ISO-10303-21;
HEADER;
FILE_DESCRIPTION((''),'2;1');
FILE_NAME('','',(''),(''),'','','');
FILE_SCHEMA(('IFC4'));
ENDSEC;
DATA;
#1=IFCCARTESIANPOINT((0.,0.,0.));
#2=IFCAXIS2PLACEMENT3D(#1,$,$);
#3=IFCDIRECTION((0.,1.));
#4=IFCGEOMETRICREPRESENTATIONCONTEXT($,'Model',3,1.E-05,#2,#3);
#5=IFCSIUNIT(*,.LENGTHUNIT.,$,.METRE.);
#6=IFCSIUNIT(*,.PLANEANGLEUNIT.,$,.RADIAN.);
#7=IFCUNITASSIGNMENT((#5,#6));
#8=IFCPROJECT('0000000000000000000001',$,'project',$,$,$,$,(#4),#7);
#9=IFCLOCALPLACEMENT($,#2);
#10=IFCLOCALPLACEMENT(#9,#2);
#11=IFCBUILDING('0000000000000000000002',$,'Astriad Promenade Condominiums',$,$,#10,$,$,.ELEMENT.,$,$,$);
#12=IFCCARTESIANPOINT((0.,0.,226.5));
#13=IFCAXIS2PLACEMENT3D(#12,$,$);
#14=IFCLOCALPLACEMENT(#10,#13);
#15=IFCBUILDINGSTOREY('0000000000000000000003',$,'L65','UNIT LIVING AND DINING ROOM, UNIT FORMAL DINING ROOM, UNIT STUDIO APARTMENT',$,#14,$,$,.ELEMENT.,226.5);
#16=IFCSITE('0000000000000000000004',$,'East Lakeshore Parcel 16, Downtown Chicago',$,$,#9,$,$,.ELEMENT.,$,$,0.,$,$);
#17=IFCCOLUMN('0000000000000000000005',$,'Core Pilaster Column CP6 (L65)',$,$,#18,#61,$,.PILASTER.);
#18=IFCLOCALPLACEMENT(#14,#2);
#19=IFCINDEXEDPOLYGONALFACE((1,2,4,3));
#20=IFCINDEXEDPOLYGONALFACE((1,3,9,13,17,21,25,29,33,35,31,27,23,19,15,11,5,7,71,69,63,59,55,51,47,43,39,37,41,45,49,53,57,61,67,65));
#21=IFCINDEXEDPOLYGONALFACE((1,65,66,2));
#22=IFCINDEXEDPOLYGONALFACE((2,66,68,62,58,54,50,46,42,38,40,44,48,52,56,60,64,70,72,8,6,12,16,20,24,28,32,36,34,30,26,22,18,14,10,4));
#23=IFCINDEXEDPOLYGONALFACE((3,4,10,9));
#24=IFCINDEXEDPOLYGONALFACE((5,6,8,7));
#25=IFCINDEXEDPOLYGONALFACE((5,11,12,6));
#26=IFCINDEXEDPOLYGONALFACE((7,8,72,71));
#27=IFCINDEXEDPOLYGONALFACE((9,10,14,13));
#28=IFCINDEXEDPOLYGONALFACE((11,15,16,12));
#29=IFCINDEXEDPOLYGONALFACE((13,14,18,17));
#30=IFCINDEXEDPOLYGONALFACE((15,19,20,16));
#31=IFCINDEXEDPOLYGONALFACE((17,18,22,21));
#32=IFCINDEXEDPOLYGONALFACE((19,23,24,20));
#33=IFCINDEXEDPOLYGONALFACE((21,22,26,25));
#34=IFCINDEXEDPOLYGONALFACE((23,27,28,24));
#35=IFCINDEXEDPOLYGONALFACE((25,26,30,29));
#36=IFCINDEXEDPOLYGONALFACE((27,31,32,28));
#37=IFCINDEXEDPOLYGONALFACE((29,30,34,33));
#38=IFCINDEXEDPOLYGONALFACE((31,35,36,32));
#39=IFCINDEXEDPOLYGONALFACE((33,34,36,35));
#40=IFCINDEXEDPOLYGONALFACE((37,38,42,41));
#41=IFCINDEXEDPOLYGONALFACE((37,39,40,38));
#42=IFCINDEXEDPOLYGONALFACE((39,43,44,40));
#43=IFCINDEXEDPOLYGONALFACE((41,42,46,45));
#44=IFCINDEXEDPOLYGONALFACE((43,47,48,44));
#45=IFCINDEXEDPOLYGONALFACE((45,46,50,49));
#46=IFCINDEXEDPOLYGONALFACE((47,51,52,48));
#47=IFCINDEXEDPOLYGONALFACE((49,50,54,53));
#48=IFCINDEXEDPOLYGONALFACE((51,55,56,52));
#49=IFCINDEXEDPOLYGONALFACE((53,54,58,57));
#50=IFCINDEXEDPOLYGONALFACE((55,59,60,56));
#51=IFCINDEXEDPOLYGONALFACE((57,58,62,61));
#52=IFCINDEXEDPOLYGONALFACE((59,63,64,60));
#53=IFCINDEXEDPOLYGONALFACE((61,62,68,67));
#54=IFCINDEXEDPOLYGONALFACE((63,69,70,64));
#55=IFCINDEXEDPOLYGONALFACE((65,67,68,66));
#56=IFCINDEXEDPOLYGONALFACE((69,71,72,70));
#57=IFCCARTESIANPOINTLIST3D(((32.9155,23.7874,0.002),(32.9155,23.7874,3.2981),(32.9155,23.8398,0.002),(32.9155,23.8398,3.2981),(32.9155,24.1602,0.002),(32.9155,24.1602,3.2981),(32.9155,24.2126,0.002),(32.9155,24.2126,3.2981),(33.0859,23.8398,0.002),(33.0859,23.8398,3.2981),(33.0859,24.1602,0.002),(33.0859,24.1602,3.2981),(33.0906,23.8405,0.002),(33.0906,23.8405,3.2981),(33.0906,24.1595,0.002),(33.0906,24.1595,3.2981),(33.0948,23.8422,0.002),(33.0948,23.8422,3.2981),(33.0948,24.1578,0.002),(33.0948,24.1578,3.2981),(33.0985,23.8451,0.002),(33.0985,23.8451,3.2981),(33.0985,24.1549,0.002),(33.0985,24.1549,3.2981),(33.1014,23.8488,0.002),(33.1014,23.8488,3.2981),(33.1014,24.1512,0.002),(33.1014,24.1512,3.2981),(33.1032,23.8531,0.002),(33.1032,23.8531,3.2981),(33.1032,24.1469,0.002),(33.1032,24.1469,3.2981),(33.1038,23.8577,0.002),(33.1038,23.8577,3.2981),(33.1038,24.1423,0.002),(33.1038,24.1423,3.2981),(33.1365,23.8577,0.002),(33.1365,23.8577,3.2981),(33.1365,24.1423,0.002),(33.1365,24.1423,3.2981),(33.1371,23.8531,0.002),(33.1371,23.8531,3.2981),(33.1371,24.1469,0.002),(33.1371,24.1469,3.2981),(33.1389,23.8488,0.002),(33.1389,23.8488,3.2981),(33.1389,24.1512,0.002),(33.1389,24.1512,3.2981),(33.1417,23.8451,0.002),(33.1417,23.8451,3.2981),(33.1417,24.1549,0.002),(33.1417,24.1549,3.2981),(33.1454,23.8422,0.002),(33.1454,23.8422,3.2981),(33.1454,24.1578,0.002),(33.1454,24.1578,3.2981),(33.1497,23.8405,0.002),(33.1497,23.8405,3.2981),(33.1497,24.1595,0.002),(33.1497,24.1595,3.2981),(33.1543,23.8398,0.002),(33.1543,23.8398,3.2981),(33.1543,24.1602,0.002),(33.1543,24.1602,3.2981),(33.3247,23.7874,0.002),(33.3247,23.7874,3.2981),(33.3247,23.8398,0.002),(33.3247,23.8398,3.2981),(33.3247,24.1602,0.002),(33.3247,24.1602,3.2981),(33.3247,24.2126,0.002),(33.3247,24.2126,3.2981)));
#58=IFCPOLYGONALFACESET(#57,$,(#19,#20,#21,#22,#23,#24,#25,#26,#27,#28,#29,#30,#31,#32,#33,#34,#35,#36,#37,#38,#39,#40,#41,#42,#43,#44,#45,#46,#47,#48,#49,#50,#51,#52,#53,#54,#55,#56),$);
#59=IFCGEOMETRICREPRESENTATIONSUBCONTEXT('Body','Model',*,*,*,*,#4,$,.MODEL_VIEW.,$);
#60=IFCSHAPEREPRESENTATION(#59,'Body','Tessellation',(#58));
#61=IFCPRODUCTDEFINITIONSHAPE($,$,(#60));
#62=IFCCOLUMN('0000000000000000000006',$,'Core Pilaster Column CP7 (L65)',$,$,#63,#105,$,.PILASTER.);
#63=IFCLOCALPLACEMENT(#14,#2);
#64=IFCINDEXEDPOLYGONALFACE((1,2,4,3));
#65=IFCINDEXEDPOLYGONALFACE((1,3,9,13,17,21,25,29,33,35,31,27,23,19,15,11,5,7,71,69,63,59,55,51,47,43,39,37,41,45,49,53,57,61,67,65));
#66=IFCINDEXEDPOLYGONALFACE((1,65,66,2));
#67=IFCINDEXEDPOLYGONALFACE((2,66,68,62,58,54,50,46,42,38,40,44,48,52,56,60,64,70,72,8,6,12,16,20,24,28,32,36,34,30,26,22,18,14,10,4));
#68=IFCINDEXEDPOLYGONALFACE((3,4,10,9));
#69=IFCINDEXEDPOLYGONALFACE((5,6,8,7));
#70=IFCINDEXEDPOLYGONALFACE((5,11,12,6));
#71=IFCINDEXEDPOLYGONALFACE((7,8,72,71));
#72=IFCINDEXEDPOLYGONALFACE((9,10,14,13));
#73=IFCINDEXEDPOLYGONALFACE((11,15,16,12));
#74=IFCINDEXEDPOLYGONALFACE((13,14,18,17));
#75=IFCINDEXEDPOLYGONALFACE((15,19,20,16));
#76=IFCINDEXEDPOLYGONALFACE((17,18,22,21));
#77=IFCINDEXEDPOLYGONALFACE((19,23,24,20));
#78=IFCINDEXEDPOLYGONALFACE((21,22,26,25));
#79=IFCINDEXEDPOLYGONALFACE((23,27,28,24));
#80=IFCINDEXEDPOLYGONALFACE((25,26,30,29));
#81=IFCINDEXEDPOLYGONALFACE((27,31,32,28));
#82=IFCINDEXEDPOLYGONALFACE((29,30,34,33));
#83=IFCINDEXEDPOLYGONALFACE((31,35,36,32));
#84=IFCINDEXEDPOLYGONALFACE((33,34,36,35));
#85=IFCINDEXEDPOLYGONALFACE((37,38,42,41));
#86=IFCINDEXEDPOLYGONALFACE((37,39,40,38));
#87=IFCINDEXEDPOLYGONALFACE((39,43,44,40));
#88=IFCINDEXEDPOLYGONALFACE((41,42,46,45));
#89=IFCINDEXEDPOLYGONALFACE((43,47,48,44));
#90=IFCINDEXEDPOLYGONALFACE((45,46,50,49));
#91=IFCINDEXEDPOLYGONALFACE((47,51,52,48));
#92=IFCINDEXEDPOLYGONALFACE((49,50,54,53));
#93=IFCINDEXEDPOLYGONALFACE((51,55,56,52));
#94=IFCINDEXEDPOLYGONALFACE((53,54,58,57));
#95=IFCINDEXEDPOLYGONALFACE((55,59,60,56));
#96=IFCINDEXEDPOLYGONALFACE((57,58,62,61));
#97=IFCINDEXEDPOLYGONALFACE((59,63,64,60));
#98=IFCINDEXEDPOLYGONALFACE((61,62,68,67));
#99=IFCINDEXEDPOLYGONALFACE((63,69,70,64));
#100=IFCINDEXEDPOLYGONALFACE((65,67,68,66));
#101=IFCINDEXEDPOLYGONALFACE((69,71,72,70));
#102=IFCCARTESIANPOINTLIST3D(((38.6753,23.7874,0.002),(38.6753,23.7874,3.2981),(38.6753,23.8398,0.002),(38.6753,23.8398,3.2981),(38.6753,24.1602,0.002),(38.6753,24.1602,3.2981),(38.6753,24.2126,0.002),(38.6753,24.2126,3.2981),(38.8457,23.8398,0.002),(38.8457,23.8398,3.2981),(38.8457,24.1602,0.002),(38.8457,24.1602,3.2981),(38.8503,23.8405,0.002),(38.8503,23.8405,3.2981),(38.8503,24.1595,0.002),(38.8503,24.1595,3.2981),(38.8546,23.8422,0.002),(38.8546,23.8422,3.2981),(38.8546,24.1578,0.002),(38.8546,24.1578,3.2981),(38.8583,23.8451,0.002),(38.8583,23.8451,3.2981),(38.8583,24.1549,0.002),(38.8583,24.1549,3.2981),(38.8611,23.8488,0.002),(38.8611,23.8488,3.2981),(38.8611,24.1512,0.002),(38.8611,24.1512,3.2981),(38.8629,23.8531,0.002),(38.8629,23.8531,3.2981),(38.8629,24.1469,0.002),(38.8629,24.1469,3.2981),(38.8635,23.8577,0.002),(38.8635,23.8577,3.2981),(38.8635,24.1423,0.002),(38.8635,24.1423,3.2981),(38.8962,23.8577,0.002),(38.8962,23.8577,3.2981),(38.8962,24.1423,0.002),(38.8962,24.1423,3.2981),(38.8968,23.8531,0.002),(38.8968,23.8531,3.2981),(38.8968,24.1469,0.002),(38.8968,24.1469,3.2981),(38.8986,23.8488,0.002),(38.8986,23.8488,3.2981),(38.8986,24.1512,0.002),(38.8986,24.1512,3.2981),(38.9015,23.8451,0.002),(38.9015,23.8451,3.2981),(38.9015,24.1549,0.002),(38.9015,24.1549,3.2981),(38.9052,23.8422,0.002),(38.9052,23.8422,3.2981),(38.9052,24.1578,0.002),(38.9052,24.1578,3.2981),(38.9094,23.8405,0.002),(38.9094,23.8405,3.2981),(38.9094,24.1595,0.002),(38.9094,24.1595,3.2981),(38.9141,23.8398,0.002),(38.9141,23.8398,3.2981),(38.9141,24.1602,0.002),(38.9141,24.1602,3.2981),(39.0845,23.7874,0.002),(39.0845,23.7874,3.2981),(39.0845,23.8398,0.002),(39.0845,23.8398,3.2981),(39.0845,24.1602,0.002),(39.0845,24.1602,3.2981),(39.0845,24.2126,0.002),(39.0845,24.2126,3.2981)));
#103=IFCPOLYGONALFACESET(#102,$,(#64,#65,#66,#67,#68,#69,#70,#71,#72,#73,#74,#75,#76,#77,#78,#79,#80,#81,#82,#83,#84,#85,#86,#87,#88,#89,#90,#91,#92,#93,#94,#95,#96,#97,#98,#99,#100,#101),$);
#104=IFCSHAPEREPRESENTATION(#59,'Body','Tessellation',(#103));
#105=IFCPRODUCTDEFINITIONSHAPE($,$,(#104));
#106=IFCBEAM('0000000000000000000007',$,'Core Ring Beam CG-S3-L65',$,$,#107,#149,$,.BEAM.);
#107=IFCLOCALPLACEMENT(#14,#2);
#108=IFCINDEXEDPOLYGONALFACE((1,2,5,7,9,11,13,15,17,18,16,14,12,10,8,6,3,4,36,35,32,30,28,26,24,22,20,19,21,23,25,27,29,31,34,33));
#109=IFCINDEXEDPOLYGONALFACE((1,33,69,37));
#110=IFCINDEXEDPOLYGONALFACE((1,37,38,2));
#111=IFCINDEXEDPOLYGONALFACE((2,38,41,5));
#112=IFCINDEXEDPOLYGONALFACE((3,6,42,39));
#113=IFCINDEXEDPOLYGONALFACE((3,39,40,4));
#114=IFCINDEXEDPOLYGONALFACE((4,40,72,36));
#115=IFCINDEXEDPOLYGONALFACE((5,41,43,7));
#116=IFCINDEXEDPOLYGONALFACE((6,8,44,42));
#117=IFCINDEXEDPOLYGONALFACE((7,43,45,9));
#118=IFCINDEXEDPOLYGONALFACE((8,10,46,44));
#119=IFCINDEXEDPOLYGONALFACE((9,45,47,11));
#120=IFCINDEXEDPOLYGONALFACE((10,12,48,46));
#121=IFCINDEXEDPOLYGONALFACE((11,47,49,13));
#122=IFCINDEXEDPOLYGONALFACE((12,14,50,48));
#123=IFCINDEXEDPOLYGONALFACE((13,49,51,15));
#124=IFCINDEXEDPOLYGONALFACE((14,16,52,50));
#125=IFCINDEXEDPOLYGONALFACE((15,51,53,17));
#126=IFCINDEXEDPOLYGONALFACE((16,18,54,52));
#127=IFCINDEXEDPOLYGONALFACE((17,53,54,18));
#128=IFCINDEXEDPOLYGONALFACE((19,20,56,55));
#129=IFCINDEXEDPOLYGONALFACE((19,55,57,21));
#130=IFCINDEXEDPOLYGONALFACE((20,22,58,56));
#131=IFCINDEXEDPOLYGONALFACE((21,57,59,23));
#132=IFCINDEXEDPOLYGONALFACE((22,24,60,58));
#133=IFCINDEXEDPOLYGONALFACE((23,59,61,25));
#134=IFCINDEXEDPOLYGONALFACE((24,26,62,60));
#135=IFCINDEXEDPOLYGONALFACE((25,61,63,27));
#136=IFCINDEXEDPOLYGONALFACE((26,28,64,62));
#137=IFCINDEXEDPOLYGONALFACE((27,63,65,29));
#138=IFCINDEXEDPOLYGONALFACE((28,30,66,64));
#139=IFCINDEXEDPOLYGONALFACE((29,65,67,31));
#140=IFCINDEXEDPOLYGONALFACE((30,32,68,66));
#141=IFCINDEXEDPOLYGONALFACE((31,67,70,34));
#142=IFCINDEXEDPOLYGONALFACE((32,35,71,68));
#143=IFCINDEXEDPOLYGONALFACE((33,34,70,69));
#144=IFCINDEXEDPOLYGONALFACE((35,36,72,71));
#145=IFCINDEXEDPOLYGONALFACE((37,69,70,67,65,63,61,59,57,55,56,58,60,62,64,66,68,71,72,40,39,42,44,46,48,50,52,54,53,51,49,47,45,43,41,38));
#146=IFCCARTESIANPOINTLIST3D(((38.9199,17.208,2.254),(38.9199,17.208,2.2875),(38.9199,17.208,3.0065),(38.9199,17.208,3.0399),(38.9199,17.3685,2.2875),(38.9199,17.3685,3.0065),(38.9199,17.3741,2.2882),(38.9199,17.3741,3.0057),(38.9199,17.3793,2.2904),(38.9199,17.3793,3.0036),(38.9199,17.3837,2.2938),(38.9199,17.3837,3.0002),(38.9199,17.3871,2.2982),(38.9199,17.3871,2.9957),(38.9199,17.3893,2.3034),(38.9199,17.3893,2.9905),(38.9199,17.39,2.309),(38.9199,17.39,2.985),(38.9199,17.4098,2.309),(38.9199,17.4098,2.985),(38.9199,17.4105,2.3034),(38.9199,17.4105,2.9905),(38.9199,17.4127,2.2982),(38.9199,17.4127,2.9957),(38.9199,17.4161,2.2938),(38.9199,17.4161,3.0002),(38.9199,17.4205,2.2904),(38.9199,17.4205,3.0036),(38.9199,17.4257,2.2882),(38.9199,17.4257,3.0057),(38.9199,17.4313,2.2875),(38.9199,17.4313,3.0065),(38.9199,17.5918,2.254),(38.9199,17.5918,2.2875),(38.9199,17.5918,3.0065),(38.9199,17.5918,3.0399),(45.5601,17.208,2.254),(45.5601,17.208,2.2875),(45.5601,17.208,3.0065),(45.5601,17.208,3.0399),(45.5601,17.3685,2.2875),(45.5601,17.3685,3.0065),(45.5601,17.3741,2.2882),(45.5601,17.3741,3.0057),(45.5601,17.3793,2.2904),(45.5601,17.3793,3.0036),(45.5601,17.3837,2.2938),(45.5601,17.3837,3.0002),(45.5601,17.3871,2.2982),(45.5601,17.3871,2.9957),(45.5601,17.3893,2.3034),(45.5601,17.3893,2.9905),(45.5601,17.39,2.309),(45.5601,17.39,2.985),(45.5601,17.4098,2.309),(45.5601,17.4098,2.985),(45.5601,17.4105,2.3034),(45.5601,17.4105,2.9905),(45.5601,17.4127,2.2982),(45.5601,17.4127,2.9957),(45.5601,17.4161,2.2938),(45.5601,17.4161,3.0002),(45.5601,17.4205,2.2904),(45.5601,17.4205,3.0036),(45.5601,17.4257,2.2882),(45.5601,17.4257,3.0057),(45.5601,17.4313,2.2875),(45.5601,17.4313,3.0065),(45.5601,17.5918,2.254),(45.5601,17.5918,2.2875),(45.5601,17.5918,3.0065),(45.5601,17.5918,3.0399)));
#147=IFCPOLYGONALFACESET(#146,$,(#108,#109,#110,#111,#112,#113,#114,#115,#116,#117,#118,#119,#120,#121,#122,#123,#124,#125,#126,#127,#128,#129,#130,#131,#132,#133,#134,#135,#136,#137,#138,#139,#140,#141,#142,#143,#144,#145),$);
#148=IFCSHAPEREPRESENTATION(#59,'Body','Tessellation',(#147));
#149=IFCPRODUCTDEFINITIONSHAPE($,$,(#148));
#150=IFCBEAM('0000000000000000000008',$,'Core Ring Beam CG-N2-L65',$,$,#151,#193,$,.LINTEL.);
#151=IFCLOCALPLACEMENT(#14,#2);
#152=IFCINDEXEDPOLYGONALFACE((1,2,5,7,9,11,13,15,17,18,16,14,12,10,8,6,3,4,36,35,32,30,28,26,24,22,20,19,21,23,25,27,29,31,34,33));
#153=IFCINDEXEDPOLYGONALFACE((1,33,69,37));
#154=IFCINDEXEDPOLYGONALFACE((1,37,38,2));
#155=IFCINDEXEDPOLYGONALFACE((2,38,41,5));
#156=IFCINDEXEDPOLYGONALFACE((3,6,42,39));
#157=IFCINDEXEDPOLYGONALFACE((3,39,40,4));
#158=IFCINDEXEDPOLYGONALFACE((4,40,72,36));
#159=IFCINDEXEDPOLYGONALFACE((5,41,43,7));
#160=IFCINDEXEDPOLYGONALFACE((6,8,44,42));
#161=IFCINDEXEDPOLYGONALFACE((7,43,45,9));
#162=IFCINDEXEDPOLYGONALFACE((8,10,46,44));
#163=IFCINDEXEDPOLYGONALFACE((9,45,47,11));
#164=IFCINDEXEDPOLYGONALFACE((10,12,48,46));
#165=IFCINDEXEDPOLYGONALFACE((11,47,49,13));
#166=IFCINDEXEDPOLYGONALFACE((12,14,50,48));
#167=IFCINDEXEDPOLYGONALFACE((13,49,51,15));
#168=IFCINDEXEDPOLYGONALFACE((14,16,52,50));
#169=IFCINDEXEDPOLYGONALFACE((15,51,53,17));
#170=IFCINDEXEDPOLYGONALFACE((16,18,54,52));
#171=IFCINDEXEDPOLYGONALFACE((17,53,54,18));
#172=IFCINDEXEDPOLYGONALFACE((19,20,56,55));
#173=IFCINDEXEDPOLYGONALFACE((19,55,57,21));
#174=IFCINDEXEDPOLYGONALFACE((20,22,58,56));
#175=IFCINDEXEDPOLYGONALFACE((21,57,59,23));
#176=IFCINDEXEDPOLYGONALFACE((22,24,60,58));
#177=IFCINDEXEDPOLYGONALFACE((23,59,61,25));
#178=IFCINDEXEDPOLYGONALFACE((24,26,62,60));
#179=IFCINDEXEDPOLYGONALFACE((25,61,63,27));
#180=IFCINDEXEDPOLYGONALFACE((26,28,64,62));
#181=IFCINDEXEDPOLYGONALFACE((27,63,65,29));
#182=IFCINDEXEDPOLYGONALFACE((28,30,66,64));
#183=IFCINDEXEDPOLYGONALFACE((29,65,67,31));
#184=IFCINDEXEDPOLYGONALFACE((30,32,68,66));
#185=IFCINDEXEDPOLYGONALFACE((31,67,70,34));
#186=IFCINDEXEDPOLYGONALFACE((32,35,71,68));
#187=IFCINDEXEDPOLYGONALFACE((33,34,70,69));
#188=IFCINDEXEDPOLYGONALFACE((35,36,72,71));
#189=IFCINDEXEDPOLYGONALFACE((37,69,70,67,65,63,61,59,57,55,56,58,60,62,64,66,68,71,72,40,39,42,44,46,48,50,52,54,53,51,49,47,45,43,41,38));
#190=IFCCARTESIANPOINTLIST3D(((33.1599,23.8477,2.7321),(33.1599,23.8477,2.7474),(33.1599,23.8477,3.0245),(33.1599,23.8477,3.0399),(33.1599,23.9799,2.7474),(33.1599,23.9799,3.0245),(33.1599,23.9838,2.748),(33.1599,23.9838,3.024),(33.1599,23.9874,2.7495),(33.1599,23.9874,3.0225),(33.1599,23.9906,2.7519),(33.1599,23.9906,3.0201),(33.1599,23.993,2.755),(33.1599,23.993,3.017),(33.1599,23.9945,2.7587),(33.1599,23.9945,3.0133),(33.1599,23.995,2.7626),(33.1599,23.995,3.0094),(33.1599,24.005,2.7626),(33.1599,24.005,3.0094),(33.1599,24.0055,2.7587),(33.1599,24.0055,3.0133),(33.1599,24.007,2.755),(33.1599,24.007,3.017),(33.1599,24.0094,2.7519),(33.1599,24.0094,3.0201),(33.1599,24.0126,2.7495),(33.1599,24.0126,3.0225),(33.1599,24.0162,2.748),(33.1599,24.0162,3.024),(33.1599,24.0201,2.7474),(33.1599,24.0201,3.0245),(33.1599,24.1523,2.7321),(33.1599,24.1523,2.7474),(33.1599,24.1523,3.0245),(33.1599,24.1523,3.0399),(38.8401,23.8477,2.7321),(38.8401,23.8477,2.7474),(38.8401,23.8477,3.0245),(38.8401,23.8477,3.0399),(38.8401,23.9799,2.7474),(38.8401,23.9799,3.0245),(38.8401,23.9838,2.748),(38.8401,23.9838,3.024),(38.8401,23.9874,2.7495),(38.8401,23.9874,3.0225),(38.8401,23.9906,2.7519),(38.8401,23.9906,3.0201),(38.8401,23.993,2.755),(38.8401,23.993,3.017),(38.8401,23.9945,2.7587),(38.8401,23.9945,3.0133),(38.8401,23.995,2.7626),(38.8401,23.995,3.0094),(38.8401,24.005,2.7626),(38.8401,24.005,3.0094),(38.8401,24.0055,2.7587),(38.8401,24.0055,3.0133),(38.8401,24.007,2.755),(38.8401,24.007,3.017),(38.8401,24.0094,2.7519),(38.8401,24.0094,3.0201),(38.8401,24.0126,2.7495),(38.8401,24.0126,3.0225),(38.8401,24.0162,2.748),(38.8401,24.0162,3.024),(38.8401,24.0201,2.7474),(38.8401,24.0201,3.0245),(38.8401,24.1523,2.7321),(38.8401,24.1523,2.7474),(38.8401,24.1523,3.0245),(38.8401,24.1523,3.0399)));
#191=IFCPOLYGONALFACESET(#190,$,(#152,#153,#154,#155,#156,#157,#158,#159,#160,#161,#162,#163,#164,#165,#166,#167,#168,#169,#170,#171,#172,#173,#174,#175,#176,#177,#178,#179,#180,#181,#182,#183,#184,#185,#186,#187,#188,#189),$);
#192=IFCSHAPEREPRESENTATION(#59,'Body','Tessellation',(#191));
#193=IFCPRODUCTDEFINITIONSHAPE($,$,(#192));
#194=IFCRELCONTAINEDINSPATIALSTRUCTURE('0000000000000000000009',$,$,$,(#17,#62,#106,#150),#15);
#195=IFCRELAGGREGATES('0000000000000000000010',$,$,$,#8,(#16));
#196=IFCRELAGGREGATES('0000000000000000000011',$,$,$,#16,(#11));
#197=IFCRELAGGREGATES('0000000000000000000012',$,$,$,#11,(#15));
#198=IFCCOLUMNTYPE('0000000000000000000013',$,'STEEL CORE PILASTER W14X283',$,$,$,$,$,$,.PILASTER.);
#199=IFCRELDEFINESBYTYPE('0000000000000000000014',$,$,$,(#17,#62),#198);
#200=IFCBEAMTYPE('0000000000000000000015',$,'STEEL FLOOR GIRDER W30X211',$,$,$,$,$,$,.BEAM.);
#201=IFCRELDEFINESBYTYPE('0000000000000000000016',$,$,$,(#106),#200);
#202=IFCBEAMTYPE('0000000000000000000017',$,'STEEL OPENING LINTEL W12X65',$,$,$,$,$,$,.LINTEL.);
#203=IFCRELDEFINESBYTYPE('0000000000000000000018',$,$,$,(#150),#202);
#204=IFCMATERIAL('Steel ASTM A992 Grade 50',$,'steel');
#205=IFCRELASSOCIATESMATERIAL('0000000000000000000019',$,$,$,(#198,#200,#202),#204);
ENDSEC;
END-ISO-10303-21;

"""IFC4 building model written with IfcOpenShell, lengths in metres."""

from ifc_helpers import new_model, si_unit, direction, frame, origin, origin_2d, place, context, subcontext, project, spatial, i_section, extrude, source, transform, mapped, material, material_profile, profile_set, type_object, type_shapes, element, save


model = new_model("IFC4")

# Units and contexts
model_context = context("Model", 3, precision=1e-05, world=origin(), true_north=direction((0.0, 1.0)))
body_context = subcontext(model_context, "Body", "Model", "MODEL_VIEW")
ifc_project = project(units=[si_unit("LENGTHUNIT", "METRE"), si_unit("PLANEANGLEUNIT", "RADIAN")], contexts=[model_context])

# Site, building, storey
site_placement = place(None, origin())
site = spatial("IfcSite", under=ifc_project, at=site_placement, Name="East Lakeshore Parcel 16, Downtown Chicago", CompositionType="ELEMENT", RefElevation=0.0)
building_placement = place(site_placement, origin())
building = spatial("IfcBuilding", under=site, at=building_placement, Name="Astriad Promenade Condominiums", CompositionType="ELEMENT")
storey_placement = place(building_placement, frame((0.0, 0.0, 226.5)))
storey = spatial("IfcBuildingStorey", under=building, at=storey_placement, Name="L65", Description="UNIT LIVING AND DINING ROOM, UNIT FORMAL DINING ROOM, UNIT STUDIO APARTMENT", CompositionType="ELEMENT", Elevation=226.5)

# Columns
ifc_material_1 = material(Name="Steel ASTM A992 Grade 50", Category="steel")
ifc_material_profile_1 = material_profile(ifc_material_1, i_section(OverallWidth=0.4092, OverallDepth=0.4253, WebThickness=0.0327, FlangeThickness=0.0525, FilletRadius=0.0178, at=origin_2d()), Name="W14X283")
ifc_profile_set_1 = profile_set([ifc_material_profile_1], Name="Steel ASTM A992 Grade 50")
column_type = type_object("IfcColumnType", Name="STEEL CORE PILASTER W14X283", PredefinedType="PILASTER", material=ifc_profile_set_1)
shared_shape_1 = source(origin(), body_context, "Body", "SweptSolid", [
    extrude(i_section(OverallWidth=0.4092, OverallDepth=0.4253, WebThickness=0.0327, FlangeThickness=0.0525, FilletRadius=0.0178, at=origin_2d()), origin(), (0.0, 0.0, 1.0), 3.2961),
])
type_shapes(column_type, [shared_shape_1])
for number, where, z_axis, x_axis, name in (
    (1, (33.1201, 24.0, 0.002), (0.0, 0.0, 1.0), (1.0, 0.0, 0.0), "Core Pilaster Column CP6 (L65)"),
    (2, (38.8799, 24.0, 0.002), (0.0, 0.0, 1.0), (1.0, 0.0, 0.0), "Core Pilaster Column CP7 (L65)"),
):
    element("IfcColumn", number, at=place(storey_placement, frame(where, z_axis=z_axis, x_axis=x_axis)), inside=storey, type_object=column_type, Name=name, PredefinedType="PILASTER", context=body_context, shape_type="MappedRepresentation", body=[
        mapped(shared_shape_1, transform((0.0, 0.0, 0.0), scale=1.0)),
    ])

# Beams
ifc_material_profile_2 = material_profile(ifc_material_1, i_section(OverallWidth=0.3838, OverallDepth=0.7859, WebThickness=0.0198, FlangeThickness=0.0334, FilletRadius=0.0215, at=origin_2d()), Name="W30X211")
ifc_profile_set_2 = profile_set([ifc_material_profile_2], Name="Steel ASTM A992 Grade 50")
beam_type_1 = type_object("IfcBeamType", Name="STEEL FLOOR GIRDER W30X211", PredefinedType="BEAM", material=ifc_profile_set_2)
shared_shape_2 = source(origin(), body_context, "Body", "SweptSolid", [
    extrude(i_section(OverallWidth=0.3838, OverallDepth=0.7859, WebThickness=0.0198, FlangeThickness=0.0334, FilletRadius=0.0215, at=origin_2d()), origin(), (0.0, 0.0, 1.0), 6.6401),
])
type_shapes(beam_type_1, [shared_shape_2])
beam_1_placement = place(storey_placement, frame((38.9199, 17.3999, 2.647), z_axis=(1.0, 0.0, 0.0), x_axis=(0.0, 1.0, 0.0)))
element("IfcBeam", 3, at=beam_1_placement, inside=storey, type_object=beam_type_1, Name="Core Ring Beam CG-S3-L65", PredefinedType="BEAM", context=body_context, shape_type="MappedRepresentation", body=[
    mapped(shared_shape_2, transform((0.0, 0.0, 0.0), scale=1.0)),
])
ifc_material_profile_3 = material_profile(ifc_material_1, i_section(OverallWidth=0.3047, OverallDepth=0.3079, WebThickness=0.01, FlangeThickness=0.0154, FilletRadius=0.0151, at=origin_2d()), Name="W12X65")
ifc_profile_set_3 = profile_set([ifc_material_profile_3], Name="Steel ASTM A992 Grade 50")
beam_type_2 = type_object("IfcBeamType", Name="STEEL OPENING LINTEL W12X65", PredefinedType="LINTEL", material=ifc_profile_set_3)
shared_shape_3 = source(origin(), body_context, "Body", "SweptSolid", [
    extrude(i_section(OverallWidth=0.3047, OverallDepth=0.3079, WebThickness=0.01, FlangeThickness=0.0154, FilletRadius=0.0151, at=origin_2d()), origin(), (0.0, 0.0, 1.0), 5.6802),
])
type_shapes(beam_type_2, [shared_shape_3])
beam_2_placement = place(storey_placement, frame((33.1599, 24.0, 2.886), z_axis=(1.0, 0.0, 0.0), x_axis=(0.0, 1.0, 0.0)))
element("IfcBeam", 4, at=beam_2_placement, inside=storey, type_object=beam_type_2, Name="Core Ring Beam CG-N2-L65", PredefinedType="LINTEL", context=body_context, shape_type="MappedRepresentation", body=[
    mapped(shared_shape_3, transform((0.0, 0.0, 0.0), scale=1.0)),
])

save(model, "model.ifc")
